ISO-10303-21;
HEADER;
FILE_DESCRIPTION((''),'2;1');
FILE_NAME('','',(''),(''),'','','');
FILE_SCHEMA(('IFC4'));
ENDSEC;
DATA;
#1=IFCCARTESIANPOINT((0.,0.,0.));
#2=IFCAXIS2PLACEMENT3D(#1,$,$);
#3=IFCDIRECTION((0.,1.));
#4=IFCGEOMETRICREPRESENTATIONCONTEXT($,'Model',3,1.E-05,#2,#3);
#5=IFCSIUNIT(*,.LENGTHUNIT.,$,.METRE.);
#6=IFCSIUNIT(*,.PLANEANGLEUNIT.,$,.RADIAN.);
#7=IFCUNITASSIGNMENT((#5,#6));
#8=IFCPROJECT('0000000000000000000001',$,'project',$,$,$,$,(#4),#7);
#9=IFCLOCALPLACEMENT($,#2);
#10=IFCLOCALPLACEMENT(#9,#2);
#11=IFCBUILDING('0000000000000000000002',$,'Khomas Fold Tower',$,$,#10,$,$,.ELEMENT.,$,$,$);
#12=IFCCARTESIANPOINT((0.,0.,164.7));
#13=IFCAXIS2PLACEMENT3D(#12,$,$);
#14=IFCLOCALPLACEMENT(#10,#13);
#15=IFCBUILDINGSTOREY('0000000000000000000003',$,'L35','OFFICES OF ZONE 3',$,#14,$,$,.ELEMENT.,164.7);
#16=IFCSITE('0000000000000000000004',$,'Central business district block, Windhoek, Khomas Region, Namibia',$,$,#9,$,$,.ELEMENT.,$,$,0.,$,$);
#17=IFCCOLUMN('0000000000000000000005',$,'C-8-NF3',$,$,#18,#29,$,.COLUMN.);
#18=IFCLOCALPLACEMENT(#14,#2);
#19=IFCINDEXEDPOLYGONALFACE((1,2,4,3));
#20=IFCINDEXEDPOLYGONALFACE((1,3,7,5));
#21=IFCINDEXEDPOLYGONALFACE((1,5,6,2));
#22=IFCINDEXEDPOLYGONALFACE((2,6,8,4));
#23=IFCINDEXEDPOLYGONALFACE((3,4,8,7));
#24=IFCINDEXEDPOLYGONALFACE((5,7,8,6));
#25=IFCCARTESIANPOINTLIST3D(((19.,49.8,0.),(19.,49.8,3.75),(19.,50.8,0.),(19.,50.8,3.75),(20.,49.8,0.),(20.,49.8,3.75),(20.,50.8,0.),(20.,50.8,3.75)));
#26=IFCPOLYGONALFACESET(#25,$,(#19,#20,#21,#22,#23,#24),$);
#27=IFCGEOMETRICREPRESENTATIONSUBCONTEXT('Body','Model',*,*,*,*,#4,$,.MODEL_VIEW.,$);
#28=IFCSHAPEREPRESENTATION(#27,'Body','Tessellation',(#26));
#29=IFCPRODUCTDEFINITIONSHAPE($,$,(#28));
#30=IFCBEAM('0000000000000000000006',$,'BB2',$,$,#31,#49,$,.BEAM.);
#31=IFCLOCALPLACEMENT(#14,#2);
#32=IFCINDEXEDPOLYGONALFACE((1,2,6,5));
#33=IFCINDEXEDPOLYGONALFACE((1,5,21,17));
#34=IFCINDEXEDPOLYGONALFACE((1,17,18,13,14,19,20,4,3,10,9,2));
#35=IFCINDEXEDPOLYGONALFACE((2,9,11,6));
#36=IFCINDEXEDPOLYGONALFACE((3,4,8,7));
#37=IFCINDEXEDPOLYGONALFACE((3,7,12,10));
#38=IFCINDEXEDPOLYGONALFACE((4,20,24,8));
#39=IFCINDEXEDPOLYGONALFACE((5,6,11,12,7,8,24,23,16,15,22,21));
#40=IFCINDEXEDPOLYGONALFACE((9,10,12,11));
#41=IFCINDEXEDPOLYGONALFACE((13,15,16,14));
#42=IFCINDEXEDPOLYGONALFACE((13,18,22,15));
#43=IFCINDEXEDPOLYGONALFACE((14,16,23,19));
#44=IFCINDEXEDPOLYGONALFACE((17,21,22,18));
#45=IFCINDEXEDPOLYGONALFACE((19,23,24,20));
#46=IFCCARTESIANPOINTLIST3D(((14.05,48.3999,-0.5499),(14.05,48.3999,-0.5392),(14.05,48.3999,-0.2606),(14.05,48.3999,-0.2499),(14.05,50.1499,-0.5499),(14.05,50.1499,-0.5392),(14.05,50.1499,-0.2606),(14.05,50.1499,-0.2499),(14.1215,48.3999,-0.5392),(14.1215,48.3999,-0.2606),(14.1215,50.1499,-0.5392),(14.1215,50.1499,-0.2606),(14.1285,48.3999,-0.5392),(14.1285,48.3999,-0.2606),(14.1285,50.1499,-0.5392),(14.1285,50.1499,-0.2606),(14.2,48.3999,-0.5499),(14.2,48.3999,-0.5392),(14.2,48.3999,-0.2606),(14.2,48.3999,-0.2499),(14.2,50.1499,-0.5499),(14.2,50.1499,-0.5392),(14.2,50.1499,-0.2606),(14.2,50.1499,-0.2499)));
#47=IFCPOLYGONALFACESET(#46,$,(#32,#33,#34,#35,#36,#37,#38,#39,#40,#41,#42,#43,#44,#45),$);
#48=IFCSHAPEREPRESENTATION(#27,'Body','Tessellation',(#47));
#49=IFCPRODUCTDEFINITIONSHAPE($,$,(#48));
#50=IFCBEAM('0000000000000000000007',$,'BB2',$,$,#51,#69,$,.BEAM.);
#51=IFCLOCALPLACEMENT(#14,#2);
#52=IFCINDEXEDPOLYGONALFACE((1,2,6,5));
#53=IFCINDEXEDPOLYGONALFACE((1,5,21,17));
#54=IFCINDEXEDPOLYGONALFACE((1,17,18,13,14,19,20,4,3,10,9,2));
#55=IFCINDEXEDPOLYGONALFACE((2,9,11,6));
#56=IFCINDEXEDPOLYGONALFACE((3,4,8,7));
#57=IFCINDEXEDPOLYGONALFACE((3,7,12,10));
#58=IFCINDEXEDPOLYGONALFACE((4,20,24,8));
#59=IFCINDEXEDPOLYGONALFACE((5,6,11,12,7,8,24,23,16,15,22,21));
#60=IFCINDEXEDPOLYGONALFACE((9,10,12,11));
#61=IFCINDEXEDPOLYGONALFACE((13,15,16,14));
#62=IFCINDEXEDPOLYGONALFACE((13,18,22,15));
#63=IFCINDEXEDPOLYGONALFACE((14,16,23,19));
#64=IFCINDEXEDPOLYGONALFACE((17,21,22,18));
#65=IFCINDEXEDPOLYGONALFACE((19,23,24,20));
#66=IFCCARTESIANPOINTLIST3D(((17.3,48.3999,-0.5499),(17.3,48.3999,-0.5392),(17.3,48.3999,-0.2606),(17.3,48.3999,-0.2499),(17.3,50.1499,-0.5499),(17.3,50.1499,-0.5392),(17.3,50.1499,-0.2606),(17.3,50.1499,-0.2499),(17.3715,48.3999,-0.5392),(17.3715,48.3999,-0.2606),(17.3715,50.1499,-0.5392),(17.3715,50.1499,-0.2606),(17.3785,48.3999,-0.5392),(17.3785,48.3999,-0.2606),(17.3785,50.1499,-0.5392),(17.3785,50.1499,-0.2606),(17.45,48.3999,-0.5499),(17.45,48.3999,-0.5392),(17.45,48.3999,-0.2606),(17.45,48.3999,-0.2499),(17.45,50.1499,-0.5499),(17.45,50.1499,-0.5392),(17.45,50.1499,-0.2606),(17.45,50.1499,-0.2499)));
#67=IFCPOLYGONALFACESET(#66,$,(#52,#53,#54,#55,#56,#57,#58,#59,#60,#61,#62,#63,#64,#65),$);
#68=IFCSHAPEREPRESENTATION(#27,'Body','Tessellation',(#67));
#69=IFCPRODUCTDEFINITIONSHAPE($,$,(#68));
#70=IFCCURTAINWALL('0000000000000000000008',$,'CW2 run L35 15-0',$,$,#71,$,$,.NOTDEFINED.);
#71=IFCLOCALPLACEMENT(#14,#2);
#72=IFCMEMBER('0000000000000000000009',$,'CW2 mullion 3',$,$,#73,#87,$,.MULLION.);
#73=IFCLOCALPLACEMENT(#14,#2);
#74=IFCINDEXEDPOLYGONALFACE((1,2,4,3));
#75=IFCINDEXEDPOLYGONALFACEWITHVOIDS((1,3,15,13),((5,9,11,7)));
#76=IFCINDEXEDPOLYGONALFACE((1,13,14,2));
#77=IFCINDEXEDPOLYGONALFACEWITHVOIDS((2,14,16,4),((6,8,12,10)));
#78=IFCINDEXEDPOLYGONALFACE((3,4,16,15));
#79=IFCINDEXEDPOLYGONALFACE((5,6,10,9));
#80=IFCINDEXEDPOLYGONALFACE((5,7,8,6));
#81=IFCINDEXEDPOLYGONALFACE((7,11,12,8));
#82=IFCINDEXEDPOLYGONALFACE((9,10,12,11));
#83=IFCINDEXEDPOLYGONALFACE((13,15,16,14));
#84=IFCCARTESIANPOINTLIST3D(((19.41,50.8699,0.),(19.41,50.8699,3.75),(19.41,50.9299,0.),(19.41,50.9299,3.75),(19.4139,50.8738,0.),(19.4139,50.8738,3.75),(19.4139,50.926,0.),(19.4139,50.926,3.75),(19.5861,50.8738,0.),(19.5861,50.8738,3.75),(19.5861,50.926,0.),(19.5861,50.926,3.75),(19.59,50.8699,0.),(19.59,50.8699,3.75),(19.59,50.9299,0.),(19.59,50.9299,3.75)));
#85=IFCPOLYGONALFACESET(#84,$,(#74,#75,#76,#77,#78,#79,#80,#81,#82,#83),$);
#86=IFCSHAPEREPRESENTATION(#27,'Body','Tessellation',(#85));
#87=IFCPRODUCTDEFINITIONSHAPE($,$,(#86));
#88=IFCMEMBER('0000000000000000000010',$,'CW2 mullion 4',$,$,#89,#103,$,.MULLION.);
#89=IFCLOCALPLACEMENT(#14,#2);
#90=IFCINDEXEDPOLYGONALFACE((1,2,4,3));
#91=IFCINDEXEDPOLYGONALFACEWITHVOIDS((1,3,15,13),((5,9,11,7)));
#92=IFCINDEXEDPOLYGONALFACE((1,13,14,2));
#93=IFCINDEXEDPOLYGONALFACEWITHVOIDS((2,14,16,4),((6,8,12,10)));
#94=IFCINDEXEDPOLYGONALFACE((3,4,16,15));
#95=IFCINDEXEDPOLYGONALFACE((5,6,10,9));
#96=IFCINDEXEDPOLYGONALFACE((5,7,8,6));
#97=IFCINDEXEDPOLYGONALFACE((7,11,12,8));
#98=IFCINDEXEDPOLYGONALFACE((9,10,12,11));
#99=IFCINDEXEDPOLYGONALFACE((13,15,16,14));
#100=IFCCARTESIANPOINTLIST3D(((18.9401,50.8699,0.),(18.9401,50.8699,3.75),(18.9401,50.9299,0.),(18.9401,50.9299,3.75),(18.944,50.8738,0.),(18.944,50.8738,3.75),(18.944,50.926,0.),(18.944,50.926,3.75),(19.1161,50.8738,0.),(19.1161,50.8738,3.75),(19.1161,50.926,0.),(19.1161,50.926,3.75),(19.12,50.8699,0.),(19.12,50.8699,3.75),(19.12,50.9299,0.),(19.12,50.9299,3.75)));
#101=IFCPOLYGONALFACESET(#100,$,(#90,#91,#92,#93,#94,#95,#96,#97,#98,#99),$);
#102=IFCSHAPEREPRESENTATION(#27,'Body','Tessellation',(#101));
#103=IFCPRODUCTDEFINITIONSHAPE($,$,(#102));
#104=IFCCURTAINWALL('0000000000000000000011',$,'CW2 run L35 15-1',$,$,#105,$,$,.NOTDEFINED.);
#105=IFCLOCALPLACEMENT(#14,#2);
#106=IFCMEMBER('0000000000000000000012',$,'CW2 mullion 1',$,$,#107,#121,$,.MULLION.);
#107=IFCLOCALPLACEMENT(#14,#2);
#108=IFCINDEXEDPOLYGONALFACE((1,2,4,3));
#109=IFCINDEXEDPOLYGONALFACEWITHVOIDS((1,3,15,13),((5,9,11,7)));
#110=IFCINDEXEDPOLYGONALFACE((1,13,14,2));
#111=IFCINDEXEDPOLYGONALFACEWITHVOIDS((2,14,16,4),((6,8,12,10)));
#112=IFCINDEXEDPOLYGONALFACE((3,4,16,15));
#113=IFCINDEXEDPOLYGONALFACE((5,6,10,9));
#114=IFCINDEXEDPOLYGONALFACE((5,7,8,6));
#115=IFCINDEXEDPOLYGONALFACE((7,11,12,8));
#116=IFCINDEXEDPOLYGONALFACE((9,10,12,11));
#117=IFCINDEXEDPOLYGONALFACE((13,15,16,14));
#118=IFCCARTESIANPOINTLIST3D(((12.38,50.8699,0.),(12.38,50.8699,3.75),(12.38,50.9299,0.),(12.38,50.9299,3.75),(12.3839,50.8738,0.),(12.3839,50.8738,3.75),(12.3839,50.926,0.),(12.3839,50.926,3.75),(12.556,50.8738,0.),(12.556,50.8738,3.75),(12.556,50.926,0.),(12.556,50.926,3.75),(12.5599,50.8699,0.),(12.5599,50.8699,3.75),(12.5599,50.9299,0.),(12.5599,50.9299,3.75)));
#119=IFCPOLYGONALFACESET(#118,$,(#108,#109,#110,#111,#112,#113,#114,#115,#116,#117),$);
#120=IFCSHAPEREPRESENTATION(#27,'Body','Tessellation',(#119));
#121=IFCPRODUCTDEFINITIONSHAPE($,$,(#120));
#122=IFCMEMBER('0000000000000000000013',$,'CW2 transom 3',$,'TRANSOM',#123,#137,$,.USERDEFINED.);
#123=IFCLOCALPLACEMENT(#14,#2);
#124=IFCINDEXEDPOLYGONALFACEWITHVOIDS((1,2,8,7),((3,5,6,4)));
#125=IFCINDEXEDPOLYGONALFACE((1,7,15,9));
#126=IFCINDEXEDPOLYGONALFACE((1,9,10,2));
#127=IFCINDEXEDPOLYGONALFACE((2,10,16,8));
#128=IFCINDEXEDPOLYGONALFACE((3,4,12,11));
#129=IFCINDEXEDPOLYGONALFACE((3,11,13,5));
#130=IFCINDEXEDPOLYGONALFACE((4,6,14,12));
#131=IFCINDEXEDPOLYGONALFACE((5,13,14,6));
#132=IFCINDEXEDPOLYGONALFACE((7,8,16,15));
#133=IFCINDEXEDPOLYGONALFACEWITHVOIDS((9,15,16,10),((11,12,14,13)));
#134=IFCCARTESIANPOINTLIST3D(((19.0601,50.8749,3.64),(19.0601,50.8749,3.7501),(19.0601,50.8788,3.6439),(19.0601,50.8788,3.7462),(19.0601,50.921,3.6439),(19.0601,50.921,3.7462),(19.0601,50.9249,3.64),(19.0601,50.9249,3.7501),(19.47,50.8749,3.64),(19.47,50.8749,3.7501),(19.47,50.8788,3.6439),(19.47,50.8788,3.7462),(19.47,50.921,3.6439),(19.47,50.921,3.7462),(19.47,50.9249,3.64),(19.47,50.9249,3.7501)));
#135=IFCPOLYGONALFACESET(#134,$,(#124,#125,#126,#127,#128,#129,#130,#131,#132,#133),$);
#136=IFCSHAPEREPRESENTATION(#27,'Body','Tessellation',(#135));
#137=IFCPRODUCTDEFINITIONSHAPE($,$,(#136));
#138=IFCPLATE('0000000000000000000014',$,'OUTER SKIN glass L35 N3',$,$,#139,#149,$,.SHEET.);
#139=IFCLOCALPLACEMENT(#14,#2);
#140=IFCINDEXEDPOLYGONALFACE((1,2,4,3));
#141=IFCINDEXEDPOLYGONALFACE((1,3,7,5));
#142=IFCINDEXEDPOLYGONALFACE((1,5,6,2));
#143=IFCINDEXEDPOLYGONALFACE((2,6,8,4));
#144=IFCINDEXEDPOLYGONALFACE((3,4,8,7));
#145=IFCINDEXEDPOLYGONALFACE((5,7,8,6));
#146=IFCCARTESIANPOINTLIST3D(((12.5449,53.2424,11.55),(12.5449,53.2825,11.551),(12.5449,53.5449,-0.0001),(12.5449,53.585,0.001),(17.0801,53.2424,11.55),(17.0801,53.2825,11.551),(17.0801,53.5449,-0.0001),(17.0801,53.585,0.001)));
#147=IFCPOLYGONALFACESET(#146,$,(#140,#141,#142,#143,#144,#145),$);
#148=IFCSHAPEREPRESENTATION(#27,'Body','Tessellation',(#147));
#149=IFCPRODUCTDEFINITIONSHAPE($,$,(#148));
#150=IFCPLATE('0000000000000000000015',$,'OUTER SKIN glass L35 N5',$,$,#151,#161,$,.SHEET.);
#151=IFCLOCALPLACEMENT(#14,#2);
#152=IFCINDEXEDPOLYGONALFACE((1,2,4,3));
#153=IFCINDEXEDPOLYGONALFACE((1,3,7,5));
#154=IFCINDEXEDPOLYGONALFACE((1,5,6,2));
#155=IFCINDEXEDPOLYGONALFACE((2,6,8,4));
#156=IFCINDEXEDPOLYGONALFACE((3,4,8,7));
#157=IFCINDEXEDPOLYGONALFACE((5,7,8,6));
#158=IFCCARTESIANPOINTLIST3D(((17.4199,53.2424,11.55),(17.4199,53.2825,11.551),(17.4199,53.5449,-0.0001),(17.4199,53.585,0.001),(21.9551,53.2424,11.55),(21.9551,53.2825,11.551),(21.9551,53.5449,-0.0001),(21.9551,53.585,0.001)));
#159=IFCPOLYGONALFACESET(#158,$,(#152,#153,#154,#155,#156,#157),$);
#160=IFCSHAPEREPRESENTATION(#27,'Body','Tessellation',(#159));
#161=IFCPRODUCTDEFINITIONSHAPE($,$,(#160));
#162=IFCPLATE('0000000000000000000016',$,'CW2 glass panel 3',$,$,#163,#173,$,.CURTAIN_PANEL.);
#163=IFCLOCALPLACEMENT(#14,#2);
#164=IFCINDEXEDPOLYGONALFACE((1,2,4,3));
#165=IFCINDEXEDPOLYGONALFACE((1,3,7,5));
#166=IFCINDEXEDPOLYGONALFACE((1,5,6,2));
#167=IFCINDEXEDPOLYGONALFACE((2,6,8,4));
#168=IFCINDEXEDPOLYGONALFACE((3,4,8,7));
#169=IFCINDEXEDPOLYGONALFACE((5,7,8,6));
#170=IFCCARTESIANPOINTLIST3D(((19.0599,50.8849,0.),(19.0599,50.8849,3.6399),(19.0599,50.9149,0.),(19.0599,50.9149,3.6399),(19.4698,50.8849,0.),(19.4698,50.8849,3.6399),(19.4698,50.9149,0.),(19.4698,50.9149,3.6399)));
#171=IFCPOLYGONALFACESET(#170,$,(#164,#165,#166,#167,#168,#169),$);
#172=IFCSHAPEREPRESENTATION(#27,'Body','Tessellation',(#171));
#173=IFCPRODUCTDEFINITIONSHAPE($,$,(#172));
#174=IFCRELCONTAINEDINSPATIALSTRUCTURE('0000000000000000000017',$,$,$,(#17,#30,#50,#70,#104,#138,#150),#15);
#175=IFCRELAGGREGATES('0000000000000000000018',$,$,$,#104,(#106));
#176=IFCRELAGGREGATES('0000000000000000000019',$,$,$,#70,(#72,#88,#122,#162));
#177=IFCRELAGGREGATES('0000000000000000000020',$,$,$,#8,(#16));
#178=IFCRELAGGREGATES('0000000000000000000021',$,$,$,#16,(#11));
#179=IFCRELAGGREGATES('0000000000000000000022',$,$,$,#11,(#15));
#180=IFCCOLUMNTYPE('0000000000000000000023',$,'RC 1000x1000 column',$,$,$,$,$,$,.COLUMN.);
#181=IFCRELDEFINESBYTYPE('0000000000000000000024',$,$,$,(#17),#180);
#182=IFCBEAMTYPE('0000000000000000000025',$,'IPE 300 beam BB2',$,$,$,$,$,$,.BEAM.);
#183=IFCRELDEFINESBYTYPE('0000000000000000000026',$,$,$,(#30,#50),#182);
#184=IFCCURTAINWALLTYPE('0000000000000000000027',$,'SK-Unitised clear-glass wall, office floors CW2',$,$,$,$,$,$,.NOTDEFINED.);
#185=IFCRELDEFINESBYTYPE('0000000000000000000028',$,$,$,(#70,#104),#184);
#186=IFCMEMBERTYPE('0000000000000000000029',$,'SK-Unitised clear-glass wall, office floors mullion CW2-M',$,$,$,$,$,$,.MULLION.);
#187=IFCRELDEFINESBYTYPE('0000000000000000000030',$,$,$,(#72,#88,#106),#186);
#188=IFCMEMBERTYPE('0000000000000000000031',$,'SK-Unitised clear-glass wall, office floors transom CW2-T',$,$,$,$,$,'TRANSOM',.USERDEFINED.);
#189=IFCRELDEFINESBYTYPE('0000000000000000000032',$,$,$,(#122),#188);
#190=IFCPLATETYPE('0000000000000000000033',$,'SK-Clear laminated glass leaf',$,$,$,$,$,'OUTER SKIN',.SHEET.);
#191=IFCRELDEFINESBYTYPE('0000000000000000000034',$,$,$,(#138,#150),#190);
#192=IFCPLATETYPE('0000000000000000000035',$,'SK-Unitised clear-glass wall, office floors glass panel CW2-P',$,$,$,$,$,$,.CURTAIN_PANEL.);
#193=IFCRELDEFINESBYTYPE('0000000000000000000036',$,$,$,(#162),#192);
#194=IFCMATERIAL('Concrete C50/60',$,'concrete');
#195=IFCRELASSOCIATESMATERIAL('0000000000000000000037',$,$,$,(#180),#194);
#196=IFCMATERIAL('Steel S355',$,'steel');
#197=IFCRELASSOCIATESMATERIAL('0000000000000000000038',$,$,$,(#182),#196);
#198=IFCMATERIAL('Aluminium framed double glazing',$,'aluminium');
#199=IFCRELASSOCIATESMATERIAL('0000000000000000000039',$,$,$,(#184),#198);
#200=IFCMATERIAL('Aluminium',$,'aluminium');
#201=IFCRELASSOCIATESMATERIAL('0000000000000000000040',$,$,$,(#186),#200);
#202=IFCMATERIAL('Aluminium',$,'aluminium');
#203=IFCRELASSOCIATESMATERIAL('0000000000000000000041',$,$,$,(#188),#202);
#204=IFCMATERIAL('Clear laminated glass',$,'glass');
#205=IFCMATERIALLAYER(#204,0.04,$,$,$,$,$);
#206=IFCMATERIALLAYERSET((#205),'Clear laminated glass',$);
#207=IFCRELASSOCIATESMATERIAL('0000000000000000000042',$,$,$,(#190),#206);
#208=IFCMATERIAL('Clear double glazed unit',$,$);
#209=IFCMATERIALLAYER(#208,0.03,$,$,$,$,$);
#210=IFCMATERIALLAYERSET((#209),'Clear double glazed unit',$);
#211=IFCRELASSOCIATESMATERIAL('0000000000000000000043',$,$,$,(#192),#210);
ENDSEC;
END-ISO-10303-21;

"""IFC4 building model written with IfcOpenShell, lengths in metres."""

from ifc_helpers import new_model, si_unit, direction, frame, origin, origin_2d, place, context, subcontext, project, spatial, polyline, rectangle, hollow_rectangle, i_section, outline, extrude, source, transform, mapped, material, layer, layer_set, material_profile, profile_set, type_object, element, aggregate, save


model = new_model("IFC4")

# Units and contexts
model_context = context("Model", 3, precision=1e-05, world=origin(), true_north=direction((0.0, 1.0)))
body_context = subcontext(model_context, "Body", "Model", "MODEL_VIEW")
ifc_project = project(units=[si_unit("LENGTHUNIT", "METRE"), si_unit("PLANEANGLEUNIT", "RADIAN")], contexts=[model_context])

# Site, building, storey
site_placement = place(None, origin())
site = spatial("IfcSite", under=ifc_project, at=site_placement, Name="Central business district block, Windhoek, Khomas Region, Namibia", CompositionType="ELEMENT", RefElevation=0.0)
building_placement = place(site_placement, origin())
building = spatial("IfcBuilding", under=site, at=building_placement, Name="Khomas Fold Tower", CompositionType="ELEMENT")
storey_placement = place(building_placement, frame((0.0, 0.0, 164.7)))
storey = spatial("IfcBuildingStorey", under=building, at=storey_placement, Name="L35", Description="OFFICES OF ZONE 3", CompositionType="ELEMENT", Elevation=164.7)

# Column
ifc_material_1 = material(Name="Concrete C50/60", Category="concrete")
ifc_material_profile_1 = material_profile(ifc_material_1, rectangle(XDim=1.0, YDim=1.0, at=origin_2d()), Name="RC 1000x1000")
ifc_profile_set_1 = profile_set([ifc_material_profile_1], Name="Concrete C50/60")
column_type = type_object("IfcColumnType", Name="RC 1000x1000 column", PredefinedType="COLUMN", material=ifc_profile_set_1)
shared_shape_1 = source(origin(), body_context, "Body", "SweptSolid", [
    extrude(rectangle(XDim=1.0, YDim=1.0, at=origin_2d()), origin(), (0.0, 0.0, 1.0), 3.75),
])
column_placement = place(storey_placement, frame((19.5, 50.3, 0.0), z_axis=(0.0, 0.0, 1.0), x_axis=(1.0, 0.0, 0.0)))
element("IfcColumn", 1, at=column_placement, inside=storey, type_object=column_type, Name="C-8-NF3", PredefinedType="COLUMN", context=body_context, shape_type="MappedRepresentation", body=[
    mapped(shared_shape_1, transform((0.0, 0.0, 0.0))),
])

# Beams
ifc_material_2 = material(Name="Steel S355", Category="steel")
ifc_material_profile_2 = material_profile(ifc_material_2, i_section(OverallWidth=0.1499, OverallDepth=0.3, WebThickness=0.0071, FlangeThickness=0.0107, at=origin_2d()), Name="IPE 300")
ifc_profile_set_2 = profile_set([ifc_material_profile_2], Name="Steel S355")
beam_type = type_object("IfcBeamType", Name="IPE 300 beam BB2", PredefinedType="BEAM", material=ifc_profile_set_2)
shared_shape_2 = source(origin(), body_context, "Body", "SweptSolid", [
    extrude(i_section(OverallWidth=0.1499, OverallDepth=0.3, WebThickness=0.0071, FlangeThickness=0.0107, at=origin_2d()), origin(), (0.0, 0.0, 1.0), 1.75),
])
for number, where, z_axis, x_axis, name in (
    (2, (14.125, 48.3999, -0.3999), (0.0, 1.0, 0.0), (-1.0, 0.0, 0.0), "BB2"),
    (3, (17.375, 48.3999, -0.3999), (0.0, 1.0, 0.0), (-1.0, 0.0, 0.0), "BB2"),
):
    element("IfcBeam", number, at=place(storey_placement, frame(where, z_axis=z_axis, x_axis=x_axis)), inside=storey, type_object=beam_type, Name=name, PredefinedType="BEAM", context=body_context, shape_type="MappedRepresentation", body=[
        mapped(shared_shape_2, transform((0.0, 0.0, 0.0))),
    ])

# Curtain wall, members
ifc_material_3 = material(Name="Aluminium framed double glazing", Category="aluminium")
curtain_wall_type = type_object("IfcCurtainWallType", Name="SK-Unitised clear-glass wall, office floors CW2", PredefinedType="NOTDEFINED", material=ifc_material_3)
curtain_wall_1_placement = place(storey_placement, origin())
curtain_wall_1 = element("IfcCurtainWall", 4, at=curtain_wall_1_placement, inside=storey, type_object=curtain_wall_type, Name="CW2 run L35 15-0", PredefinedType="NOTDEFINED")
ifc_material_4 = material(Name="Aluminium", Category="aluminium")
ifc_material_profile_3 = material_profile(ifc_material_4, hollow_rectangle(XDim=0.0601, YDim=0.1799, WallThickness=0.0039, at=origin_2d()), Name="SK-Unitised clear-glass wall, office floors mullion CW2-M")
ifc_profile_set_3 = profile_set([ifc_material_profile_3], Name="Aluminium")
member_type_1 = type_object("IfcMemberType", Name="SK-Unitised clear-glass wall, office floors mullion CW2-M", PredefinedType="MULLION", material=ifc_profile_set_3)
shared_shape_3 = source(origin(), body_context, "Body", "SweptSolid", [
    extrude(hollow_rectangle(XDim=0.0601, YDim=0.1799, WallThickness=0.0039, at=origin_2d()), origin(), (0.0, 0.0, 1.0), 3.75),
])
member_1_placement = place(storey_placement, frame((19.5, 50.8999, 0.0), z_axis=(0.0, 0.0, 1.0), x_axis=(0.0, -1.0, 0.0)))
member_1 = element("IfcMember", 5, at=member_1_placement, type_object=member_type_1, Name="CW2 mullion 3", PredefinedType="MULLION", context=body_context, shape_type="MappedRepresentation", body=[
    mapped(shared_shape_3, transform((0.0, 0.0, 0.0))),
])
member_2_placement = place(storey_placement, frame((19.03, 50.8999, 0.0), z_axis=(0.0, 0.0, 1.0), x_axis=(0.0, -1.0, 0.0)))
member_2 = element("IfcMember", 6, at=member_2_placement, type_object=member_type_1, Name="CW2 mullion 4", PredefinedType="MULLION", context=body_context, shape_type="MappedRepresentation", body=[
    mapped(shared_shape_3, transform((0.0, 0.0, 0.0))),
])

# Curtain wall, member
curtain_wall_2_placement = place(storey_placement, origin())
curtain_wall_2 = element("IfcCurtainWall", 7, at=curtain_wall_2_placement, inside=storey, type_object=curtain_wall_type, Name="CW2 run L35 15-1", PredefinedType="NOTDEFINED")
member_3_placement = place(storey_placement, frame((12.47, 50.8999, 0.0), z_axis=(0.0, 0.0, 1.0), x_axis=(0.0, -1.0, 0.0)))
member_3 = element("IfcMember", 8, at=member_3_placement, type_object=member_type_1, Name="CW2 mullion 1", PredefinedType="MULLION", context=body_context, shape_type="MappedRepresentation", body=[
    mapped(shared_shape_3, transform((0.0, 0.0, 0.0))),
])
aggregate(curtain_wall_2, [member_3])

# Member
ifc_material_5 = material(Name="Aluminium", Category="aluminium")
ifc_material_profile_4 = material_profile(ifc_material_5, hollow_rectangle(XDim=0.05, YDim=0.1101, WallThickness=0.0039, at=origin_2d()), Name="SK-Unitised clear-glass wall, office floors transom CW2-T")
ifc_profile_set_4 = profile_set([ifc_material_profile_4], Name="Aluminium")
member_type_2 = type_object("IfcMemberType", Name="SK-Unitised clear-glass wall, office floors transom CW2-T", ElementType="TRANSOM", PredefinedType="USERDEFINED", material=ifc_profile_set_4)
shared_shape_4 = source(origin(), body_context, "Body", "SweptSolid", [
    extrude(hollow_rectangle(XDim=0.05, YDim=0.1101, WallThickness=0.0039, at=origin_2d()), origin(), (0.0, 0.0, 1.0), 0.4099),
])
member_4_placement = place(storey_placement, frame((19.47, 50.8999, 3.6951), z_axis=(-1.0, 0.0, 0.0), x_axis=(0.0, -1.0, 0.0)))
member_4 = element("IfcMember", 9, at=member_4_placement, type_object=member_type_2, Name="CW2 transom 3", ObjectType="TRANSOM", PredefinedType="USERDEFINED", context=body_context, shape_type="MappedRepresentation", body=[
    mapped(shared_shape_4, transform((0.0, 0.0, 0.0))),
])

# Plates
ifc_material_6 = material(Name="Clear laminated glass", Category="glass")
ifc_layer_1 = layer(ifc_material_6, 0.04)
ifc_layer_set_1 = layer_set([ifc_layer_1], Name="Clear laminated glass")
plate_type_1 = type_object("IfcPlateType", Name="SK-Clear laminated glass leaf", ElementType="OUTER SKIN", PredefinedType="SHEET", material=ifc_layer_set_1)
for number, where, z_axis, x_axis, name in (
    (10, (12.5449, 53.585, 0.001), (0.0, 0.999657, 0.026181), (1.0, 0.0, 0.0), "OUTER SKIN glass L35 N3"),
    (11, (17.4199, 53.585, 0.001), (0.0, 0.999657, 0.026181), (1.0, 0.0, 0.0), "OUTER SKIN glass L35 N5"),
):
    element("IfcPlate", number, at=place(storey_placement, frame(where, z_axis=z_axis, x_axis=x_axis)), inside=storey, type_object=plate_type_1, Name=name, PredefinedType="SHEET", context=body_context, shape_type="SweptSolid", body=[
        extrude(outline(polyline([(0.0, 0.0), (4.5352, 0.0), (4.5352, -11.554), (0.0, -11.554), (0.0, 0.0)])), origin(), (0.0, 0.0, -1.0), 0.04),
    ])

# Plate
ifc_material_7 = material(Name="Clear double glazed unit")
ifc_layer_2 = layer(ifc_material_7, 0.03)
ifc_layer_set_2 = layer_set([ifc_layer_2], Name="Clear double glazed unit")
plate_type_2 = type_object("IfcPlateType", Name="SK-Unitised clear-glass wall, office floors glass panel CW2-P", PredefinedType="CURTAIN_PANEL", material=ifc_layer_set_2)
shared_shape_5 = source(origin(), body_context, "Body", "SweptSolid", [
    extrude(rectangle(XDim=0.4099, YDim=0.03, at=origin_2d()), origin(), (0.0, 0.0, 1.0), 3.6399),
])
plate_placement = place(storey_placement, frame((19.2649, 50.8999, 0.0), z_axis=(0.0, 0.0, 1.0), x_axis=(-1.0, 0.0, 0.0)))
plate = element("IfcPlate", 12, at=plate_placement, type_object=plate_type_2, Name="CW2 glass panel 3", PredefinedType="CURTAIN_PANEL", context=body_context, shape_type="MappedRepresentation", body=[
    mapped(shared_shape_5, transform((0.0, 0.0, 0.0))),
])
aggregate(curtain_wall_1, [member_1, member_2, member_4, plate])

save(model, "model.ifc")
